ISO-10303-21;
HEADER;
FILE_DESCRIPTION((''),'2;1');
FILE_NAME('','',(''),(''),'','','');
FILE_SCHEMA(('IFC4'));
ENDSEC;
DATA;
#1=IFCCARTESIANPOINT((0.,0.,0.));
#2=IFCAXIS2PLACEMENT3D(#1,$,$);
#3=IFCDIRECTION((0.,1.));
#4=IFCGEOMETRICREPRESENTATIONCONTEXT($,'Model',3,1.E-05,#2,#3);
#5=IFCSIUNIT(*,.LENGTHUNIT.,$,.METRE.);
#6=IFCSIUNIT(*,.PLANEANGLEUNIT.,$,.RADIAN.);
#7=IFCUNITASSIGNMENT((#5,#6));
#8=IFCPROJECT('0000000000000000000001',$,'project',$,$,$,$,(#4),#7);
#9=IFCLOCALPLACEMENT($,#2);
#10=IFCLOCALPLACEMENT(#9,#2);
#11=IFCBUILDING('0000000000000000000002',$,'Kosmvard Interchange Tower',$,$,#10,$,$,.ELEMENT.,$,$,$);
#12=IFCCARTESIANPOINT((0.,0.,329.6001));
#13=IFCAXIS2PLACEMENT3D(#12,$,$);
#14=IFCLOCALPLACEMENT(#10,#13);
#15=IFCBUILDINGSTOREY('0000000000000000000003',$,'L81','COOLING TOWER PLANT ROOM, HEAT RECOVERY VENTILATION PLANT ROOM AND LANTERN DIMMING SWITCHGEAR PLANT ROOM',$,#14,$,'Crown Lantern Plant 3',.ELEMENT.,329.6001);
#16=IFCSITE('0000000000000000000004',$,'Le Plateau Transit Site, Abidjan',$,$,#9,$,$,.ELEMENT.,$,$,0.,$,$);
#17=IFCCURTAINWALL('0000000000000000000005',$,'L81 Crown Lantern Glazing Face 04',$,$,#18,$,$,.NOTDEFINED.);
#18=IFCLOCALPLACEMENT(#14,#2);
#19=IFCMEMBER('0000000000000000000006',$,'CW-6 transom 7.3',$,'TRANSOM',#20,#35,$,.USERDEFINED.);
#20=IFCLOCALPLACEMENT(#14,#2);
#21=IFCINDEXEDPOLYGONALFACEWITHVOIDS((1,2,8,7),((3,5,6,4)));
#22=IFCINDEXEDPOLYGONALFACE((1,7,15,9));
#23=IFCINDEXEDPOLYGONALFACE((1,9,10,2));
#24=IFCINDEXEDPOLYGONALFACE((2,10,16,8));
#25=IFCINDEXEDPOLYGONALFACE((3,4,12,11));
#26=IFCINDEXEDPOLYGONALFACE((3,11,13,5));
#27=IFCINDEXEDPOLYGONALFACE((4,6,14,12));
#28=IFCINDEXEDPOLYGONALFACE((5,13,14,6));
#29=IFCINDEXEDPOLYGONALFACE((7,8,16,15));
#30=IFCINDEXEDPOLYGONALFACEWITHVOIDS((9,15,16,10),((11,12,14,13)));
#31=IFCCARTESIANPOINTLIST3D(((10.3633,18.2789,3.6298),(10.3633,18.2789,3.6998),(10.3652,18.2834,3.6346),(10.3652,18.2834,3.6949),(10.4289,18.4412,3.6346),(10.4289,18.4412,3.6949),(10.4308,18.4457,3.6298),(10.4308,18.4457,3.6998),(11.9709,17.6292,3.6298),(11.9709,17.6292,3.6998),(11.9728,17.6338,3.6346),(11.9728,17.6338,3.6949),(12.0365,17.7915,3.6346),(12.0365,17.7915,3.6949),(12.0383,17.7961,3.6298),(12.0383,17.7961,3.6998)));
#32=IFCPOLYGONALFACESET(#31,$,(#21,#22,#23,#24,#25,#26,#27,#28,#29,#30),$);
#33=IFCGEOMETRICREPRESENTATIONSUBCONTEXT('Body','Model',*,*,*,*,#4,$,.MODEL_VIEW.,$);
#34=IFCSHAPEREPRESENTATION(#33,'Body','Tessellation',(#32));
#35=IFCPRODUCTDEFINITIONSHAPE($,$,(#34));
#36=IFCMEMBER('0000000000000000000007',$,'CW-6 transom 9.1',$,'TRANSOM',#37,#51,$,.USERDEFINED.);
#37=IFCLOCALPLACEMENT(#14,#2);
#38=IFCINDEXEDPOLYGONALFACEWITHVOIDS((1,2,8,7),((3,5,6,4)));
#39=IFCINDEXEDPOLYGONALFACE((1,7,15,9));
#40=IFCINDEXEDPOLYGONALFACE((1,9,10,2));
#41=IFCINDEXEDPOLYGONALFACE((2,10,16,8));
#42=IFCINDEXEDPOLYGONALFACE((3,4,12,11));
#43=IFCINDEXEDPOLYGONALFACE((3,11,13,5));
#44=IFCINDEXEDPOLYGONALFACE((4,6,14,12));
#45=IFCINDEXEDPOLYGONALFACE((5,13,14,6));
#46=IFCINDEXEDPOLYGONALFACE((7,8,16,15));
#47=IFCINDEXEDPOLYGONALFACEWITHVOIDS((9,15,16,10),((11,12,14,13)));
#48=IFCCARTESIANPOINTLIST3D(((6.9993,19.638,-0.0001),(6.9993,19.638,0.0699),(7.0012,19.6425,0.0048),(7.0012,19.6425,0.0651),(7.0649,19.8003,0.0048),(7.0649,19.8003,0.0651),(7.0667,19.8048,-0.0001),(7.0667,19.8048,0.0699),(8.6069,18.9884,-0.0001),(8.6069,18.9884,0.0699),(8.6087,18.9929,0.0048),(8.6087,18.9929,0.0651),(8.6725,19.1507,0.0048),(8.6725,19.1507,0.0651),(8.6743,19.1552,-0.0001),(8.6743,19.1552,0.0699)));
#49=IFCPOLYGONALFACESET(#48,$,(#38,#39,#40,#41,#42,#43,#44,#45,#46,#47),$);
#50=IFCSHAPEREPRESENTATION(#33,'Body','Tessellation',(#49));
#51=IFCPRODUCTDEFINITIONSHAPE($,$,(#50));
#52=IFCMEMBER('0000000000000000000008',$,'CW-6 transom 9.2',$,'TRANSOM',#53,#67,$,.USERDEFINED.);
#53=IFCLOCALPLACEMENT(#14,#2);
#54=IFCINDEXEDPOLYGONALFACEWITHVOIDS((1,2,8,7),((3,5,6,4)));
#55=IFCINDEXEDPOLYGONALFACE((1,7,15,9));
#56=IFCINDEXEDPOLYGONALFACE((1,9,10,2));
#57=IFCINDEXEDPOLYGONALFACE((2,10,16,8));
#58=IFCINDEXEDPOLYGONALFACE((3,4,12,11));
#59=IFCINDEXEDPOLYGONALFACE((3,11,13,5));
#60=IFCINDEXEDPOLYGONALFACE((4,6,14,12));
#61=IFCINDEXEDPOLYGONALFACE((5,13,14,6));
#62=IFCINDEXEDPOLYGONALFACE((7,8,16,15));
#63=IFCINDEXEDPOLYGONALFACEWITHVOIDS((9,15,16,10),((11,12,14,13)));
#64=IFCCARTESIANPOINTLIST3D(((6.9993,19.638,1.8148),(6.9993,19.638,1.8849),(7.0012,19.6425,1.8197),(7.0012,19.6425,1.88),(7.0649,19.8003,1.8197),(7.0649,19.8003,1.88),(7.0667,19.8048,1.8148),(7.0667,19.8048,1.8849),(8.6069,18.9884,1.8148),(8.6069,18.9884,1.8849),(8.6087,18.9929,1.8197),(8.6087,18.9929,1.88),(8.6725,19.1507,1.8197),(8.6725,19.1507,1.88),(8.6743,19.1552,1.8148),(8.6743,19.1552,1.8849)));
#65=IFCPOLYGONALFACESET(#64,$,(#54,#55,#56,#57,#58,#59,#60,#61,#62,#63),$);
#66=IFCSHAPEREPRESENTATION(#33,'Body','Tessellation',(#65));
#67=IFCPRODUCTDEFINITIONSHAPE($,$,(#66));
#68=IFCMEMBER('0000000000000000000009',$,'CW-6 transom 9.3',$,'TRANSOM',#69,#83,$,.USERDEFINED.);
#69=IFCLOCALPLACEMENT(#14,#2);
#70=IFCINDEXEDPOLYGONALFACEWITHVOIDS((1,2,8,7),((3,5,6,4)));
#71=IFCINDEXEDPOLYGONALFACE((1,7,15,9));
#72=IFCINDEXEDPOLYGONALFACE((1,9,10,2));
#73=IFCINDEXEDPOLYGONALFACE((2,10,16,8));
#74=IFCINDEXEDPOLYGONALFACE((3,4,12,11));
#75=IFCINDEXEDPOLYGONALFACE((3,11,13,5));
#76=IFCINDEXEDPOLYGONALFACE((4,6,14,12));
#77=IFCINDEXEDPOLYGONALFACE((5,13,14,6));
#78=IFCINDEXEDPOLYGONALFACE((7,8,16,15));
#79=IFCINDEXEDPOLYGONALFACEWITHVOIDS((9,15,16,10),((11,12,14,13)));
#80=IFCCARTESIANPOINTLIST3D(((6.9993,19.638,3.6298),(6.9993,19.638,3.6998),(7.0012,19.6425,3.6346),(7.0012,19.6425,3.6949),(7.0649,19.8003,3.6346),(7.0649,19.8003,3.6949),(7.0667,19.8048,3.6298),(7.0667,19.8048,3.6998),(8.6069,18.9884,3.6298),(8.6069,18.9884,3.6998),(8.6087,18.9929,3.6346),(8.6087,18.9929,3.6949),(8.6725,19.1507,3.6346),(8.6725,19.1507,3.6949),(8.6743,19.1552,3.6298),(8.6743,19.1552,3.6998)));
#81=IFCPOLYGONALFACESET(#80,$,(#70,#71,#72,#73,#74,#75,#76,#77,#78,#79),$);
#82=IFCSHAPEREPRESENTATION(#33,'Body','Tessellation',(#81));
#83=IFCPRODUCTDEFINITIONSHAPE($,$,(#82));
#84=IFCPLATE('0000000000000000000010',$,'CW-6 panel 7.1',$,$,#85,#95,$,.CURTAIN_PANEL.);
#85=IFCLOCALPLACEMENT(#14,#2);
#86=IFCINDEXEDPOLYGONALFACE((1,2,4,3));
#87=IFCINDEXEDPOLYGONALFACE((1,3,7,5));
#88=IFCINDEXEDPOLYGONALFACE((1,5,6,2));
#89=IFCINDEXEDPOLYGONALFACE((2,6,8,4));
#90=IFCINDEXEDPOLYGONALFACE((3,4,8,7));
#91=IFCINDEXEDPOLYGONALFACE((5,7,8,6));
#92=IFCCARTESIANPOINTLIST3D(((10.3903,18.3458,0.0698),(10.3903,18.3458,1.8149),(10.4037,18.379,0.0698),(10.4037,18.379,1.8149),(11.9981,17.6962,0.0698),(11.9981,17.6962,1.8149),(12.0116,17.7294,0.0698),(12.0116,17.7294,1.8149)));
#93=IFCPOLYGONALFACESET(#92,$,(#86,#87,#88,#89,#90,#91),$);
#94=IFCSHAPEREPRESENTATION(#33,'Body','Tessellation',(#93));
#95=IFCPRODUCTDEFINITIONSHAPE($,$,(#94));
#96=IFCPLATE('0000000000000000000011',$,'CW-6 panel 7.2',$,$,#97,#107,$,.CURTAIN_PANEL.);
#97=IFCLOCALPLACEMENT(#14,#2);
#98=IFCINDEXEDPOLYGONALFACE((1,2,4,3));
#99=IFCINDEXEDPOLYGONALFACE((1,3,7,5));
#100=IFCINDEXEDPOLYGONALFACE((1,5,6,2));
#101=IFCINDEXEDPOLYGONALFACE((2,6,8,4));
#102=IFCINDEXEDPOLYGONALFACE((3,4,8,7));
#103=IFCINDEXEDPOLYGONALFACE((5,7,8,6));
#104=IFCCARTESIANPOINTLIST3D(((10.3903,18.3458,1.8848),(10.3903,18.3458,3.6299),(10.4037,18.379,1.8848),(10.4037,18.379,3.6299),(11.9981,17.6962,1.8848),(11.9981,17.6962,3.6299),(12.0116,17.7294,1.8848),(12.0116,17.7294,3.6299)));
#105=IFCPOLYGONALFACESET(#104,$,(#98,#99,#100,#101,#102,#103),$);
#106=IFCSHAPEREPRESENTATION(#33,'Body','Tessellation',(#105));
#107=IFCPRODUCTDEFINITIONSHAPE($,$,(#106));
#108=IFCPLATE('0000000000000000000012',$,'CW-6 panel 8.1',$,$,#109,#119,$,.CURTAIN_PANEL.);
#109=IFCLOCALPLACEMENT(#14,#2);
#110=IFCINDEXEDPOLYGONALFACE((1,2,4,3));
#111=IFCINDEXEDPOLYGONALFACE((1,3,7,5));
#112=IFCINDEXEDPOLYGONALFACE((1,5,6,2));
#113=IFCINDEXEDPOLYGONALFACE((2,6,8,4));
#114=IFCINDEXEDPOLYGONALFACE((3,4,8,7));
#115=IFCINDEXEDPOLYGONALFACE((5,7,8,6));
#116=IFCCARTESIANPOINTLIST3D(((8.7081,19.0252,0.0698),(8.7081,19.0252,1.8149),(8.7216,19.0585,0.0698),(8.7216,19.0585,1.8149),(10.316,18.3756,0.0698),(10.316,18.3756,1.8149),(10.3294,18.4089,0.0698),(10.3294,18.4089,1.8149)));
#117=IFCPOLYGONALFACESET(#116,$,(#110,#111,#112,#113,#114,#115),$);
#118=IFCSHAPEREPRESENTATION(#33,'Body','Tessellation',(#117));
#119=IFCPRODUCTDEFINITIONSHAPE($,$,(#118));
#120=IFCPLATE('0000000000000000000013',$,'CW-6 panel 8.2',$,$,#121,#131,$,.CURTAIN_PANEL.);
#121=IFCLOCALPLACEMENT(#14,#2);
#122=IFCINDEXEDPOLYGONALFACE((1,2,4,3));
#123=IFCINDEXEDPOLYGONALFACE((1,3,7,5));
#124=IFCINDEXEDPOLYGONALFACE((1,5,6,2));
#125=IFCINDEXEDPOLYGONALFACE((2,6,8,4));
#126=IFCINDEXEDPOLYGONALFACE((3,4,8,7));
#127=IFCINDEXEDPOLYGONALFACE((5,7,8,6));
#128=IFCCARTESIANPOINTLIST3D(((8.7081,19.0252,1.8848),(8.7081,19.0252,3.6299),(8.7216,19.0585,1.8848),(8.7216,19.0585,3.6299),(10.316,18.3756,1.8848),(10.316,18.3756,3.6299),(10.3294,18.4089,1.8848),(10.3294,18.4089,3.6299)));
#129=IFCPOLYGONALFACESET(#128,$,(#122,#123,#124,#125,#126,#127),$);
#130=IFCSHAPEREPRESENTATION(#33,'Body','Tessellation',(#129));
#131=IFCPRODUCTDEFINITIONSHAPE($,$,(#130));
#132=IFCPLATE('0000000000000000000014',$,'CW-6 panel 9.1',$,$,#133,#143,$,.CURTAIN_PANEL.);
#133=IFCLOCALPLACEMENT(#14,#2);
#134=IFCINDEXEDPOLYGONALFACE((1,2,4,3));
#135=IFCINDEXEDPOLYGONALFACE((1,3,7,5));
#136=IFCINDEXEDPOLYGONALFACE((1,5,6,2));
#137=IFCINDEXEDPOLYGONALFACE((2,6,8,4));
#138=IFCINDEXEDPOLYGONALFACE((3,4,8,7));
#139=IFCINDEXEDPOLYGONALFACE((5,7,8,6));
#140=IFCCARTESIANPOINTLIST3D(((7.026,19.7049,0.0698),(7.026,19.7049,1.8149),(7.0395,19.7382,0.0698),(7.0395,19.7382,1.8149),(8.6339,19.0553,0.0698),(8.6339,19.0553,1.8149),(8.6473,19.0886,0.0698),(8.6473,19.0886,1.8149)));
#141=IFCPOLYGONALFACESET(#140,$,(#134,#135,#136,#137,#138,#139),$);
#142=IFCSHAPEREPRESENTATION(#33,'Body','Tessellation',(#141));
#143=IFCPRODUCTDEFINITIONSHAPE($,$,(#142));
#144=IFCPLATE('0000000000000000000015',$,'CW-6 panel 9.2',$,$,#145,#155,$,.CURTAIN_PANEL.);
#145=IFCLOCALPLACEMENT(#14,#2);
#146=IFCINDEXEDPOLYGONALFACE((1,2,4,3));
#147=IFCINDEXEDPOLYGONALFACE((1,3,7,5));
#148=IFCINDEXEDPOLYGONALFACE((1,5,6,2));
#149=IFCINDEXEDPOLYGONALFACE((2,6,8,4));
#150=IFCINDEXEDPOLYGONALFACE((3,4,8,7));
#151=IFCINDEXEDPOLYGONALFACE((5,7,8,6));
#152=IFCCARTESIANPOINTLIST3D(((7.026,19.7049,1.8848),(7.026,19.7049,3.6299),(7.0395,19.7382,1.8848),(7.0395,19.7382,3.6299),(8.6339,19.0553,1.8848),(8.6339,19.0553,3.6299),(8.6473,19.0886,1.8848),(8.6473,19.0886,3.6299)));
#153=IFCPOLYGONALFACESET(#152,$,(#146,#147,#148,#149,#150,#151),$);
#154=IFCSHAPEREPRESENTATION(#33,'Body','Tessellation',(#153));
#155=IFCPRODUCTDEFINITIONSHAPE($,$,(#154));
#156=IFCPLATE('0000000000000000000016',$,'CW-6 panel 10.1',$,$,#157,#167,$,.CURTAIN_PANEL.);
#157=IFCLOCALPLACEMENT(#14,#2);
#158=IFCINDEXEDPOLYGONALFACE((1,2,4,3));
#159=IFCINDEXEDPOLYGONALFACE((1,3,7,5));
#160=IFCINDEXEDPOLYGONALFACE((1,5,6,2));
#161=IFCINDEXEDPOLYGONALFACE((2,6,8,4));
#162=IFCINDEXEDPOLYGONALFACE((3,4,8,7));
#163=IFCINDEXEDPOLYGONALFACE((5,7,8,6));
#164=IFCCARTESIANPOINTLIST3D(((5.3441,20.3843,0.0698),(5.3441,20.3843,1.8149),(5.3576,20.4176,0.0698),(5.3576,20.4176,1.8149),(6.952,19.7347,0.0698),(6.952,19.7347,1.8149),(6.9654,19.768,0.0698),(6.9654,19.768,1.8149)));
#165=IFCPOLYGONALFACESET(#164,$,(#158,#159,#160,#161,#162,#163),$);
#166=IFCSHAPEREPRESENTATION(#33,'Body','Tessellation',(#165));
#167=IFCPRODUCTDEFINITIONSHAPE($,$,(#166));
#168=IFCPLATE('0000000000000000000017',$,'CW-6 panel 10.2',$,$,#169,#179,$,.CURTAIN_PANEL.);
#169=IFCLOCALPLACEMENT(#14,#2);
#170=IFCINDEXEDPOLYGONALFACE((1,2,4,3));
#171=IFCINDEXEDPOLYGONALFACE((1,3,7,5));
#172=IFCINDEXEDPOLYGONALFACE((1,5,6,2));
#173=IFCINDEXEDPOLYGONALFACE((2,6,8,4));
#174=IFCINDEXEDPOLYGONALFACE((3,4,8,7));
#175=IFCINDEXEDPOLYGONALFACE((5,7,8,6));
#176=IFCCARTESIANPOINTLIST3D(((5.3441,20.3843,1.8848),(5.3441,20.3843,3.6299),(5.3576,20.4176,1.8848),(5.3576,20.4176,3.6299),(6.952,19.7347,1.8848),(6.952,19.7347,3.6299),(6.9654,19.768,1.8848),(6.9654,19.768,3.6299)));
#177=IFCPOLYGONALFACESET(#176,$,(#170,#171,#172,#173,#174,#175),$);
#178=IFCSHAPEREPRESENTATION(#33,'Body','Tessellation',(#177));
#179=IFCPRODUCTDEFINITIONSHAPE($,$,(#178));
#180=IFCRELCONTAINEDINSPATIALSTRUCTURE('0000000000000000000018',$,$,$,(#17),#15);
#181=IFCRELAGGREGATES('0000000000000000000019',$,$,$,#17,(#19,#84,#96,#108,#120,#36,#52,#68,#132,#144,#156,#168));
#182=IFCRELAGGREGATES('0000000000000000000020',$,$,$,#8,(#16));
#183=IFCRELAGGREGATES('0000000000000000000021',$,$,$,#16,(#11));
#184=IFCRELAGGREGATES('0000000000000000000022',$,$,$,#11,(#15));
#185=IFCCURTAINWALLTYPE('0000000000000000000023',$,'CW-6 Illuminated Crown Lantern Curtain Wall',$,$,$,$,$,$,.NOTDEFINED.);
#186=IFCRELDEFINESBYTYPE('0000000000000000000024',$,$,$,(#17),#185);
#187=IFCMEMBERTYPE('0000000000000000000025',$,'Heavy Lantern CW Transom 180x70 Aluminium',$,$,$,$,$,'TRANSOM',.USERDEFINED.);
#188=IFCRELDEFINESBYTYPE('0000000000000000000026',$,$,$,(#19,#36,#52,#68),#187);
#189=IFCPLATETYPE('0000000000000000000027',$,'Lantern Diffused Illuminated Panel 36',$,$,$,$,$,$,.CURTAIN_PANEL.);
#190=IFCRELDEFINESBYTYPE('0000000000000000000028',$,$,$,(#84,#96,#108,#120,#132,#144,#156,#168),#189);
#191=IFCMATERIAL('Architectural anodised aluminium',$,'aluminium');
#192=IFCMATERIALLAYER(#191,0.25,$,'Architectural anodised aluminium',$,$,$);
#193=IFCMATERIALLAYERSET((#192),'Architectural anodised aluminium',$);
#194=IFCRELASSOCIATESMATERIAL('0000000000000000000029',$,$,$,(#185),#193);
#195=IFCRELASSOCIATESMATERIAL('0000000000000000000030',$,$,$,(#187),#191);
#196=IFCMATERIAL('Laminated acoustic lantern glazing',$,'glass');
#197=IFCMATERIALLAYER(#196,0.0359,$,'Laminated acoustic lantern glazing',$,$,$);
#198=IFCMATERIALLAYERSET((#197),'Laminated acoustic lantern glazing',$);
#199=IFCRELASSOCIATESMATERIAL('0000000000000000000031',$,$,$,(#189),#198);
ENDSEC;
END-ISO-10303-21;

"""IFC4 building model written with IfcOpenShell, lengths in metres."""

from ifc_helpers import new_model, si_unit, direction, frame, origin, origin_2d, place, context, subcontext, project, spatial, rectangle, hollow_rectangle, extrude, source, transform, mapped, material, layer, layer_set, material_profile, profile_set, type_object, element, aggregate, save


model = new_model("IFC4")

# Units and contexts
model_context = context("Model", 3, precision=1e-05, world=origin(), true_north=direction((0.0, 1.0)))
body_context = subcontext(model_context, "Body", "Model", "MODEL_VIEW")
ifc_project = project(units=[si_unit("LENGTHUNIT", "METRE"), si_unit("PLANEANGLEUNIT", "RADIAN")], contexts=[model_context])

# Site, building, storey
site_placement = place(None, origin())
site = spatial("IfcSite", under=ifc_project, at=site_placement, Name="Le Plateau Transit Site, Abidjan", CompositionType="ELEMENT", RefElevation=0.0)
building_placement = place(site_placement, origin())
building = spatial("IfcBuilding", under=site, at=building_placement, Name="Kosmvard Interchange Tower", CompositionType="ELEMENT")
storey_placement = place(building_placement, frame((0.0, 0.0, 329.6001)))
storey = spatial("IfcBuildingStorey", under=building, at=storey_placement, Name="L81", Description="COOLING TOWER PLANT ROOM, HEAT RECOVERY VENTILATION PLANT ROOM AND LANTERN DIMMING SWITCHGEAR PLANT ROOM", LongName="Crown Lantern Plant 3", CompositionType="ELEMENT", Elevation=329.6001)

# Curtain wall, members, plates
ifc_material_1 = material(Name="Architectural anodised aluminium", Category="aluminium")
ifc_layer_1 = layer(ifc_material_1, 0.25, Name="Architectural anodised aluminium")
ifc_layer_set_1 = layer_set([ifc_layer_1], Name="Architectural anodised aluminium")
curtain_wall_type = type_object("IfcCurtainWallType", Name="CW-6 Illuminated Crown Lantern Curtain Wall", PredefinedType="NOTDEFINED", material=ifc_layer_set_1)
curtain_wall_placement = place(storey_placement, origin())
curtain_wall = element("IfcCurtainWall", 1, at=curtain_wall_placement, inside=storey, type_object=curtain_wall_type, Name="L81 Crown Lantern Glazing Face 04", PredefinedType="NOTDEFINED")
ifc_material_profile_1 = material_profile(ifc_material_1, hollow_rectangle(XDim=0.1799, YDim=0.0701, WallThickness=0.0049, at=origin_2d()), Name="CWT 180x70x5")
ifc_profile_set_1 = profile_set([ifc_material_profile_1], Name="Architectural anodised aluminium")
member_type_1 = type_object("IfcMemberType", Name="Heavy Lantern CW Transom 180x70 Aluminium", ElementType="TRANSOM", PredefinedType="USERDEFINED", material=ifc_profile_set_1)
shared_shape_1 = source(origin(), body_context, "Body", "SweptSolid", [
    extrude(hollow_rectangle(XDim=0.1799, YDim=0.0701, WallThickness=0.0049, at=origin_2d()), origin(), (0.0, 0.0, 1.0), 1.7339),
])
member_1_placement = place(storey_placement, frame((12.0046, 17.7126, 3.6648), z_axis=(-0.92716, 0.374666, 0.0), x_axis=(-0.374666, -0.92716, 0.0)))
member_1 = element("IfcMember", 2, at=member_1_placement, type_object=member_type_1, Name="CW-6 transom 7.3", ObjectType="TRANSOM", PredefinedType="USERDEFINED", context=body_context, shape_type="MappedRepresentation", body=[
    mapped(shared_shape_1, transform((0.0, 0.0, 0.0), scale=1.0)),
])
member_2_placement = place(storey_placement, frame((8.6406, 19.0718, 0.0349), z_axis=(-0.92716, 0.374666, 0.0), x_axis=(-0.374666, -0.92716, 0.0)))
member_2 = element("IfcMember", 3, at=member_2_placement, type_object=member_type_1, Name="CW-6 transom 9.1", ObjectType="TRANSOM", PredefinedType="USERDEFINED", context=body_context, shape_type="MappedRepresentation", body=[
    mapped(shared_shape_1, transform((0.0, 0.0, 0.0), scale=1.0)),
])
member_3_placement = place(storey_placement, frame((8.6406, 19.0718, 1.8499), z_axis=(-0.92716, 0.374666, 0.0), x_axis=(-0.374666, -0.92716, 0.0)))
member_3 = element("IfcMember", 4, at=member_3_placement, type_object=member_type_1, Name="CW-6 transom 9.2", ObjectType="TRANSOM", PredefinedType="USERDEFINED", context=body_context, shape_type="MappedRepresentation", body=[
    mapped(shared_shape_1, transform((0.0, 0.0, 0.0), scale=1.0)),
])
member_4_placement = place(storey_placement, frame((8.6406, 19.0718, 3.6648), z_axis=(-0.92716, 0.374666, 0.0), x_axis=(-0.374666, -0.92716, 0.0)))
member_4 = element("IfcMember", 5, at=member_4_placement, type_object=member_type_1, Name="CW-6 transom 9.3", ObjectType="TRANSOM", PredefinedType="USERDEFINED", context=body_context, shape_type="MappedRepresentation", body=[
    mapped(shared_shape_1, transform((0.0, 0.0, 0.0), scale=1.0)),
])
ifc_material_2 = material(Name="Laminated acoustic lantern glazing", Category="glass")
ifc_layer_2 = layer(ifc_material_2, 0.0359, Name="Laminated acoustic lantern glazing")
ifc_layer_set_2 = layer_set([ifc_layer_2], Name="Laminated acoustic lantern glazing")
plate_type = type_object("IfcPlateType", Name="Lantern Diffused Illuminated Panel 36", PredefinedType="CURTAIN_PANEL", material=ifc_layer_set_2)
shared_shape_2 = source(origin(), body_context, "Body", "SweptSolid", [
    extrude(rectangle(XDim=1.7341, YDim=0.0359, at=origin_2d()), origin(), (0.0, 0.0, 1.0), 1.7451),
])
plate_1_placement = place(storey_placement, frame((11.2009, 18.0376, 0.0698), z_axis=(0.0, 0.0, 1.0), x_axis=(-0.927184, 0.374607, 0.0)))
plate_1 = element("IfcPlate", 6, at=plate_1_placement, type_object=plate_type, Name="CW-6 panel 7.1", PredefinedType="CURTAIN_PANEL", context=body_context, shape_type="MappedRepresentation", body=[
    mapped(shared_shape_2, transform((0.0, 0.0, 0.0), scale=1.0)),
])
plate_2_placement = place(storey_placement, frame((11.2009, 18.0376, 1.8848), z_axis=(0.0, 0.0, 1.0), x_axis=(-0.927184, 0.374607, 0.0)))
plate_2 = element("IfcPlate", 7, at=plate_2_placement, type_object=plate_type, Name="CW-6 panel 7.2", PredefinedType="CURTAIN_PANEL", context=body_context, shape_type="MappedRepresentation", body=[
    mapped(shared_shape_2, transform((0.0, 0.0, 0.0), scale=1.0)),
])
plate_3_placement = place(storey_placement, frame((9.5188, 18.717, 0.0698), z_axis=(0.0, 0.0, 1.0), x_axis=(-0.927184, 0.374607, 0.0)))
plate_3 = element("IfcPlate", 8, at=plate_3_placement, type_object=plate_type, Name="CW-6 panel 8.1", PredefinedType="CURTAIN_PANEL", context=body_context, shape_type="MappedRepresentation", body=[
    mapped(shared_shape_2, transform((0.0, 0.0, 0.0), scale=1.0)),
])
plate_4_placement = place(storey_placement, frame((9.5188, 18.717, 1.8848), z_axis=(0.0, 0.0, 1.0), x_axis=(-0.927184, 0.374607, 0.0)))
plate_4 = element("IfcPlate", 9, at=plate_4_placement, type_object=plate_type, Name="CW-6 panel 8.2", PredefinedType="CURTAIN_PANEL", context=body_context, shape_type="MappedRepresentation", body=[
    mapped(shared_shape_2, transform((0.0, 0.0, 0.0), scale=1.0)),
])
plate_5_placement = place(storey_placement, frame((7.8367, 19.3967, 0.0698), z_axis=(0.0, 0.0, 1.0), x_axis=(-0.927184, 0.374607, 0.0)))
plate_5 = element("IfcPlate", 10, at=plate_5_placement, type_object=plate_type, Name="CW-6 panel 9.1", PredefinedType="CURTAIN_PANEL", context=body_context, shape_type="MappedRepresentation", body=[
    mapped(shared_shape_2, transform((0.0, 0.0, 0.0), scale=1.0)),
])
plate_6_placement = place(storey_placement, frame((7.8367, 19.3967, 1.8848), z_axis=(0.0, 0.0, 1.0), x_axis=(-0.927184, 0.374607, 0.0)))
plate_6 = element("IfcPlate", 11, at=plate_6_placement, type_object=plate_type, Name="CW-6 panel 9.2", PredefinedType="CURTAIN_PANEL", context=body_context, shape_type="MappedRepresentation", body=[
    mapped(shared_shape_2, transform((0.0, 0.0, 0.0), scale=1.0)),
])
plate_7_placement = place(storey_placement, frame((6.1548, 20.0762, 0.0698), z_axis=(0.0, 0.0, 1.0), x_axis=(-0.927184, 0.374607, 0.0)))
plate_7 = element("IfcPlate", 12, at=plate_7_placement, type_object=plate_type, Name="CW-6 panel 10.1", PredefinedType="CURTAIN_PANEL", context=body_context, shape_type="MappedRepresentation", body=[
    mapped(shared_shape_2, transform((0.0, 0.0, 0.0), scale=1.0)),
])
plate_8_placement = place(storey_placement, frame((6.1548, 20.0762, 1.8848), z_axis=(0.0, 0.0, 1.0), x_axis=(-0.927184, 0.374607, 0.0)))
plate_8 = element("IfcPlate", 13, at=plate_8_placement, type_object=plate_type, Name="CW-6 panel 10.2", PredefinedType="CURTAIN_PANEL", context=body_context, shape_type="MappedRepresentation", body=[
    mapped(shared_shape_2, transform((0.0, 0.0, 0.0), scale=1.0)),
])
aggregate(curtain_wall, [member_1, plate_1, plate_2, plate_3, plate_4, member_2, member_3, member_4, plate_5, plate_6, plate_7, plate_8])

save(model, "model.ifc")
